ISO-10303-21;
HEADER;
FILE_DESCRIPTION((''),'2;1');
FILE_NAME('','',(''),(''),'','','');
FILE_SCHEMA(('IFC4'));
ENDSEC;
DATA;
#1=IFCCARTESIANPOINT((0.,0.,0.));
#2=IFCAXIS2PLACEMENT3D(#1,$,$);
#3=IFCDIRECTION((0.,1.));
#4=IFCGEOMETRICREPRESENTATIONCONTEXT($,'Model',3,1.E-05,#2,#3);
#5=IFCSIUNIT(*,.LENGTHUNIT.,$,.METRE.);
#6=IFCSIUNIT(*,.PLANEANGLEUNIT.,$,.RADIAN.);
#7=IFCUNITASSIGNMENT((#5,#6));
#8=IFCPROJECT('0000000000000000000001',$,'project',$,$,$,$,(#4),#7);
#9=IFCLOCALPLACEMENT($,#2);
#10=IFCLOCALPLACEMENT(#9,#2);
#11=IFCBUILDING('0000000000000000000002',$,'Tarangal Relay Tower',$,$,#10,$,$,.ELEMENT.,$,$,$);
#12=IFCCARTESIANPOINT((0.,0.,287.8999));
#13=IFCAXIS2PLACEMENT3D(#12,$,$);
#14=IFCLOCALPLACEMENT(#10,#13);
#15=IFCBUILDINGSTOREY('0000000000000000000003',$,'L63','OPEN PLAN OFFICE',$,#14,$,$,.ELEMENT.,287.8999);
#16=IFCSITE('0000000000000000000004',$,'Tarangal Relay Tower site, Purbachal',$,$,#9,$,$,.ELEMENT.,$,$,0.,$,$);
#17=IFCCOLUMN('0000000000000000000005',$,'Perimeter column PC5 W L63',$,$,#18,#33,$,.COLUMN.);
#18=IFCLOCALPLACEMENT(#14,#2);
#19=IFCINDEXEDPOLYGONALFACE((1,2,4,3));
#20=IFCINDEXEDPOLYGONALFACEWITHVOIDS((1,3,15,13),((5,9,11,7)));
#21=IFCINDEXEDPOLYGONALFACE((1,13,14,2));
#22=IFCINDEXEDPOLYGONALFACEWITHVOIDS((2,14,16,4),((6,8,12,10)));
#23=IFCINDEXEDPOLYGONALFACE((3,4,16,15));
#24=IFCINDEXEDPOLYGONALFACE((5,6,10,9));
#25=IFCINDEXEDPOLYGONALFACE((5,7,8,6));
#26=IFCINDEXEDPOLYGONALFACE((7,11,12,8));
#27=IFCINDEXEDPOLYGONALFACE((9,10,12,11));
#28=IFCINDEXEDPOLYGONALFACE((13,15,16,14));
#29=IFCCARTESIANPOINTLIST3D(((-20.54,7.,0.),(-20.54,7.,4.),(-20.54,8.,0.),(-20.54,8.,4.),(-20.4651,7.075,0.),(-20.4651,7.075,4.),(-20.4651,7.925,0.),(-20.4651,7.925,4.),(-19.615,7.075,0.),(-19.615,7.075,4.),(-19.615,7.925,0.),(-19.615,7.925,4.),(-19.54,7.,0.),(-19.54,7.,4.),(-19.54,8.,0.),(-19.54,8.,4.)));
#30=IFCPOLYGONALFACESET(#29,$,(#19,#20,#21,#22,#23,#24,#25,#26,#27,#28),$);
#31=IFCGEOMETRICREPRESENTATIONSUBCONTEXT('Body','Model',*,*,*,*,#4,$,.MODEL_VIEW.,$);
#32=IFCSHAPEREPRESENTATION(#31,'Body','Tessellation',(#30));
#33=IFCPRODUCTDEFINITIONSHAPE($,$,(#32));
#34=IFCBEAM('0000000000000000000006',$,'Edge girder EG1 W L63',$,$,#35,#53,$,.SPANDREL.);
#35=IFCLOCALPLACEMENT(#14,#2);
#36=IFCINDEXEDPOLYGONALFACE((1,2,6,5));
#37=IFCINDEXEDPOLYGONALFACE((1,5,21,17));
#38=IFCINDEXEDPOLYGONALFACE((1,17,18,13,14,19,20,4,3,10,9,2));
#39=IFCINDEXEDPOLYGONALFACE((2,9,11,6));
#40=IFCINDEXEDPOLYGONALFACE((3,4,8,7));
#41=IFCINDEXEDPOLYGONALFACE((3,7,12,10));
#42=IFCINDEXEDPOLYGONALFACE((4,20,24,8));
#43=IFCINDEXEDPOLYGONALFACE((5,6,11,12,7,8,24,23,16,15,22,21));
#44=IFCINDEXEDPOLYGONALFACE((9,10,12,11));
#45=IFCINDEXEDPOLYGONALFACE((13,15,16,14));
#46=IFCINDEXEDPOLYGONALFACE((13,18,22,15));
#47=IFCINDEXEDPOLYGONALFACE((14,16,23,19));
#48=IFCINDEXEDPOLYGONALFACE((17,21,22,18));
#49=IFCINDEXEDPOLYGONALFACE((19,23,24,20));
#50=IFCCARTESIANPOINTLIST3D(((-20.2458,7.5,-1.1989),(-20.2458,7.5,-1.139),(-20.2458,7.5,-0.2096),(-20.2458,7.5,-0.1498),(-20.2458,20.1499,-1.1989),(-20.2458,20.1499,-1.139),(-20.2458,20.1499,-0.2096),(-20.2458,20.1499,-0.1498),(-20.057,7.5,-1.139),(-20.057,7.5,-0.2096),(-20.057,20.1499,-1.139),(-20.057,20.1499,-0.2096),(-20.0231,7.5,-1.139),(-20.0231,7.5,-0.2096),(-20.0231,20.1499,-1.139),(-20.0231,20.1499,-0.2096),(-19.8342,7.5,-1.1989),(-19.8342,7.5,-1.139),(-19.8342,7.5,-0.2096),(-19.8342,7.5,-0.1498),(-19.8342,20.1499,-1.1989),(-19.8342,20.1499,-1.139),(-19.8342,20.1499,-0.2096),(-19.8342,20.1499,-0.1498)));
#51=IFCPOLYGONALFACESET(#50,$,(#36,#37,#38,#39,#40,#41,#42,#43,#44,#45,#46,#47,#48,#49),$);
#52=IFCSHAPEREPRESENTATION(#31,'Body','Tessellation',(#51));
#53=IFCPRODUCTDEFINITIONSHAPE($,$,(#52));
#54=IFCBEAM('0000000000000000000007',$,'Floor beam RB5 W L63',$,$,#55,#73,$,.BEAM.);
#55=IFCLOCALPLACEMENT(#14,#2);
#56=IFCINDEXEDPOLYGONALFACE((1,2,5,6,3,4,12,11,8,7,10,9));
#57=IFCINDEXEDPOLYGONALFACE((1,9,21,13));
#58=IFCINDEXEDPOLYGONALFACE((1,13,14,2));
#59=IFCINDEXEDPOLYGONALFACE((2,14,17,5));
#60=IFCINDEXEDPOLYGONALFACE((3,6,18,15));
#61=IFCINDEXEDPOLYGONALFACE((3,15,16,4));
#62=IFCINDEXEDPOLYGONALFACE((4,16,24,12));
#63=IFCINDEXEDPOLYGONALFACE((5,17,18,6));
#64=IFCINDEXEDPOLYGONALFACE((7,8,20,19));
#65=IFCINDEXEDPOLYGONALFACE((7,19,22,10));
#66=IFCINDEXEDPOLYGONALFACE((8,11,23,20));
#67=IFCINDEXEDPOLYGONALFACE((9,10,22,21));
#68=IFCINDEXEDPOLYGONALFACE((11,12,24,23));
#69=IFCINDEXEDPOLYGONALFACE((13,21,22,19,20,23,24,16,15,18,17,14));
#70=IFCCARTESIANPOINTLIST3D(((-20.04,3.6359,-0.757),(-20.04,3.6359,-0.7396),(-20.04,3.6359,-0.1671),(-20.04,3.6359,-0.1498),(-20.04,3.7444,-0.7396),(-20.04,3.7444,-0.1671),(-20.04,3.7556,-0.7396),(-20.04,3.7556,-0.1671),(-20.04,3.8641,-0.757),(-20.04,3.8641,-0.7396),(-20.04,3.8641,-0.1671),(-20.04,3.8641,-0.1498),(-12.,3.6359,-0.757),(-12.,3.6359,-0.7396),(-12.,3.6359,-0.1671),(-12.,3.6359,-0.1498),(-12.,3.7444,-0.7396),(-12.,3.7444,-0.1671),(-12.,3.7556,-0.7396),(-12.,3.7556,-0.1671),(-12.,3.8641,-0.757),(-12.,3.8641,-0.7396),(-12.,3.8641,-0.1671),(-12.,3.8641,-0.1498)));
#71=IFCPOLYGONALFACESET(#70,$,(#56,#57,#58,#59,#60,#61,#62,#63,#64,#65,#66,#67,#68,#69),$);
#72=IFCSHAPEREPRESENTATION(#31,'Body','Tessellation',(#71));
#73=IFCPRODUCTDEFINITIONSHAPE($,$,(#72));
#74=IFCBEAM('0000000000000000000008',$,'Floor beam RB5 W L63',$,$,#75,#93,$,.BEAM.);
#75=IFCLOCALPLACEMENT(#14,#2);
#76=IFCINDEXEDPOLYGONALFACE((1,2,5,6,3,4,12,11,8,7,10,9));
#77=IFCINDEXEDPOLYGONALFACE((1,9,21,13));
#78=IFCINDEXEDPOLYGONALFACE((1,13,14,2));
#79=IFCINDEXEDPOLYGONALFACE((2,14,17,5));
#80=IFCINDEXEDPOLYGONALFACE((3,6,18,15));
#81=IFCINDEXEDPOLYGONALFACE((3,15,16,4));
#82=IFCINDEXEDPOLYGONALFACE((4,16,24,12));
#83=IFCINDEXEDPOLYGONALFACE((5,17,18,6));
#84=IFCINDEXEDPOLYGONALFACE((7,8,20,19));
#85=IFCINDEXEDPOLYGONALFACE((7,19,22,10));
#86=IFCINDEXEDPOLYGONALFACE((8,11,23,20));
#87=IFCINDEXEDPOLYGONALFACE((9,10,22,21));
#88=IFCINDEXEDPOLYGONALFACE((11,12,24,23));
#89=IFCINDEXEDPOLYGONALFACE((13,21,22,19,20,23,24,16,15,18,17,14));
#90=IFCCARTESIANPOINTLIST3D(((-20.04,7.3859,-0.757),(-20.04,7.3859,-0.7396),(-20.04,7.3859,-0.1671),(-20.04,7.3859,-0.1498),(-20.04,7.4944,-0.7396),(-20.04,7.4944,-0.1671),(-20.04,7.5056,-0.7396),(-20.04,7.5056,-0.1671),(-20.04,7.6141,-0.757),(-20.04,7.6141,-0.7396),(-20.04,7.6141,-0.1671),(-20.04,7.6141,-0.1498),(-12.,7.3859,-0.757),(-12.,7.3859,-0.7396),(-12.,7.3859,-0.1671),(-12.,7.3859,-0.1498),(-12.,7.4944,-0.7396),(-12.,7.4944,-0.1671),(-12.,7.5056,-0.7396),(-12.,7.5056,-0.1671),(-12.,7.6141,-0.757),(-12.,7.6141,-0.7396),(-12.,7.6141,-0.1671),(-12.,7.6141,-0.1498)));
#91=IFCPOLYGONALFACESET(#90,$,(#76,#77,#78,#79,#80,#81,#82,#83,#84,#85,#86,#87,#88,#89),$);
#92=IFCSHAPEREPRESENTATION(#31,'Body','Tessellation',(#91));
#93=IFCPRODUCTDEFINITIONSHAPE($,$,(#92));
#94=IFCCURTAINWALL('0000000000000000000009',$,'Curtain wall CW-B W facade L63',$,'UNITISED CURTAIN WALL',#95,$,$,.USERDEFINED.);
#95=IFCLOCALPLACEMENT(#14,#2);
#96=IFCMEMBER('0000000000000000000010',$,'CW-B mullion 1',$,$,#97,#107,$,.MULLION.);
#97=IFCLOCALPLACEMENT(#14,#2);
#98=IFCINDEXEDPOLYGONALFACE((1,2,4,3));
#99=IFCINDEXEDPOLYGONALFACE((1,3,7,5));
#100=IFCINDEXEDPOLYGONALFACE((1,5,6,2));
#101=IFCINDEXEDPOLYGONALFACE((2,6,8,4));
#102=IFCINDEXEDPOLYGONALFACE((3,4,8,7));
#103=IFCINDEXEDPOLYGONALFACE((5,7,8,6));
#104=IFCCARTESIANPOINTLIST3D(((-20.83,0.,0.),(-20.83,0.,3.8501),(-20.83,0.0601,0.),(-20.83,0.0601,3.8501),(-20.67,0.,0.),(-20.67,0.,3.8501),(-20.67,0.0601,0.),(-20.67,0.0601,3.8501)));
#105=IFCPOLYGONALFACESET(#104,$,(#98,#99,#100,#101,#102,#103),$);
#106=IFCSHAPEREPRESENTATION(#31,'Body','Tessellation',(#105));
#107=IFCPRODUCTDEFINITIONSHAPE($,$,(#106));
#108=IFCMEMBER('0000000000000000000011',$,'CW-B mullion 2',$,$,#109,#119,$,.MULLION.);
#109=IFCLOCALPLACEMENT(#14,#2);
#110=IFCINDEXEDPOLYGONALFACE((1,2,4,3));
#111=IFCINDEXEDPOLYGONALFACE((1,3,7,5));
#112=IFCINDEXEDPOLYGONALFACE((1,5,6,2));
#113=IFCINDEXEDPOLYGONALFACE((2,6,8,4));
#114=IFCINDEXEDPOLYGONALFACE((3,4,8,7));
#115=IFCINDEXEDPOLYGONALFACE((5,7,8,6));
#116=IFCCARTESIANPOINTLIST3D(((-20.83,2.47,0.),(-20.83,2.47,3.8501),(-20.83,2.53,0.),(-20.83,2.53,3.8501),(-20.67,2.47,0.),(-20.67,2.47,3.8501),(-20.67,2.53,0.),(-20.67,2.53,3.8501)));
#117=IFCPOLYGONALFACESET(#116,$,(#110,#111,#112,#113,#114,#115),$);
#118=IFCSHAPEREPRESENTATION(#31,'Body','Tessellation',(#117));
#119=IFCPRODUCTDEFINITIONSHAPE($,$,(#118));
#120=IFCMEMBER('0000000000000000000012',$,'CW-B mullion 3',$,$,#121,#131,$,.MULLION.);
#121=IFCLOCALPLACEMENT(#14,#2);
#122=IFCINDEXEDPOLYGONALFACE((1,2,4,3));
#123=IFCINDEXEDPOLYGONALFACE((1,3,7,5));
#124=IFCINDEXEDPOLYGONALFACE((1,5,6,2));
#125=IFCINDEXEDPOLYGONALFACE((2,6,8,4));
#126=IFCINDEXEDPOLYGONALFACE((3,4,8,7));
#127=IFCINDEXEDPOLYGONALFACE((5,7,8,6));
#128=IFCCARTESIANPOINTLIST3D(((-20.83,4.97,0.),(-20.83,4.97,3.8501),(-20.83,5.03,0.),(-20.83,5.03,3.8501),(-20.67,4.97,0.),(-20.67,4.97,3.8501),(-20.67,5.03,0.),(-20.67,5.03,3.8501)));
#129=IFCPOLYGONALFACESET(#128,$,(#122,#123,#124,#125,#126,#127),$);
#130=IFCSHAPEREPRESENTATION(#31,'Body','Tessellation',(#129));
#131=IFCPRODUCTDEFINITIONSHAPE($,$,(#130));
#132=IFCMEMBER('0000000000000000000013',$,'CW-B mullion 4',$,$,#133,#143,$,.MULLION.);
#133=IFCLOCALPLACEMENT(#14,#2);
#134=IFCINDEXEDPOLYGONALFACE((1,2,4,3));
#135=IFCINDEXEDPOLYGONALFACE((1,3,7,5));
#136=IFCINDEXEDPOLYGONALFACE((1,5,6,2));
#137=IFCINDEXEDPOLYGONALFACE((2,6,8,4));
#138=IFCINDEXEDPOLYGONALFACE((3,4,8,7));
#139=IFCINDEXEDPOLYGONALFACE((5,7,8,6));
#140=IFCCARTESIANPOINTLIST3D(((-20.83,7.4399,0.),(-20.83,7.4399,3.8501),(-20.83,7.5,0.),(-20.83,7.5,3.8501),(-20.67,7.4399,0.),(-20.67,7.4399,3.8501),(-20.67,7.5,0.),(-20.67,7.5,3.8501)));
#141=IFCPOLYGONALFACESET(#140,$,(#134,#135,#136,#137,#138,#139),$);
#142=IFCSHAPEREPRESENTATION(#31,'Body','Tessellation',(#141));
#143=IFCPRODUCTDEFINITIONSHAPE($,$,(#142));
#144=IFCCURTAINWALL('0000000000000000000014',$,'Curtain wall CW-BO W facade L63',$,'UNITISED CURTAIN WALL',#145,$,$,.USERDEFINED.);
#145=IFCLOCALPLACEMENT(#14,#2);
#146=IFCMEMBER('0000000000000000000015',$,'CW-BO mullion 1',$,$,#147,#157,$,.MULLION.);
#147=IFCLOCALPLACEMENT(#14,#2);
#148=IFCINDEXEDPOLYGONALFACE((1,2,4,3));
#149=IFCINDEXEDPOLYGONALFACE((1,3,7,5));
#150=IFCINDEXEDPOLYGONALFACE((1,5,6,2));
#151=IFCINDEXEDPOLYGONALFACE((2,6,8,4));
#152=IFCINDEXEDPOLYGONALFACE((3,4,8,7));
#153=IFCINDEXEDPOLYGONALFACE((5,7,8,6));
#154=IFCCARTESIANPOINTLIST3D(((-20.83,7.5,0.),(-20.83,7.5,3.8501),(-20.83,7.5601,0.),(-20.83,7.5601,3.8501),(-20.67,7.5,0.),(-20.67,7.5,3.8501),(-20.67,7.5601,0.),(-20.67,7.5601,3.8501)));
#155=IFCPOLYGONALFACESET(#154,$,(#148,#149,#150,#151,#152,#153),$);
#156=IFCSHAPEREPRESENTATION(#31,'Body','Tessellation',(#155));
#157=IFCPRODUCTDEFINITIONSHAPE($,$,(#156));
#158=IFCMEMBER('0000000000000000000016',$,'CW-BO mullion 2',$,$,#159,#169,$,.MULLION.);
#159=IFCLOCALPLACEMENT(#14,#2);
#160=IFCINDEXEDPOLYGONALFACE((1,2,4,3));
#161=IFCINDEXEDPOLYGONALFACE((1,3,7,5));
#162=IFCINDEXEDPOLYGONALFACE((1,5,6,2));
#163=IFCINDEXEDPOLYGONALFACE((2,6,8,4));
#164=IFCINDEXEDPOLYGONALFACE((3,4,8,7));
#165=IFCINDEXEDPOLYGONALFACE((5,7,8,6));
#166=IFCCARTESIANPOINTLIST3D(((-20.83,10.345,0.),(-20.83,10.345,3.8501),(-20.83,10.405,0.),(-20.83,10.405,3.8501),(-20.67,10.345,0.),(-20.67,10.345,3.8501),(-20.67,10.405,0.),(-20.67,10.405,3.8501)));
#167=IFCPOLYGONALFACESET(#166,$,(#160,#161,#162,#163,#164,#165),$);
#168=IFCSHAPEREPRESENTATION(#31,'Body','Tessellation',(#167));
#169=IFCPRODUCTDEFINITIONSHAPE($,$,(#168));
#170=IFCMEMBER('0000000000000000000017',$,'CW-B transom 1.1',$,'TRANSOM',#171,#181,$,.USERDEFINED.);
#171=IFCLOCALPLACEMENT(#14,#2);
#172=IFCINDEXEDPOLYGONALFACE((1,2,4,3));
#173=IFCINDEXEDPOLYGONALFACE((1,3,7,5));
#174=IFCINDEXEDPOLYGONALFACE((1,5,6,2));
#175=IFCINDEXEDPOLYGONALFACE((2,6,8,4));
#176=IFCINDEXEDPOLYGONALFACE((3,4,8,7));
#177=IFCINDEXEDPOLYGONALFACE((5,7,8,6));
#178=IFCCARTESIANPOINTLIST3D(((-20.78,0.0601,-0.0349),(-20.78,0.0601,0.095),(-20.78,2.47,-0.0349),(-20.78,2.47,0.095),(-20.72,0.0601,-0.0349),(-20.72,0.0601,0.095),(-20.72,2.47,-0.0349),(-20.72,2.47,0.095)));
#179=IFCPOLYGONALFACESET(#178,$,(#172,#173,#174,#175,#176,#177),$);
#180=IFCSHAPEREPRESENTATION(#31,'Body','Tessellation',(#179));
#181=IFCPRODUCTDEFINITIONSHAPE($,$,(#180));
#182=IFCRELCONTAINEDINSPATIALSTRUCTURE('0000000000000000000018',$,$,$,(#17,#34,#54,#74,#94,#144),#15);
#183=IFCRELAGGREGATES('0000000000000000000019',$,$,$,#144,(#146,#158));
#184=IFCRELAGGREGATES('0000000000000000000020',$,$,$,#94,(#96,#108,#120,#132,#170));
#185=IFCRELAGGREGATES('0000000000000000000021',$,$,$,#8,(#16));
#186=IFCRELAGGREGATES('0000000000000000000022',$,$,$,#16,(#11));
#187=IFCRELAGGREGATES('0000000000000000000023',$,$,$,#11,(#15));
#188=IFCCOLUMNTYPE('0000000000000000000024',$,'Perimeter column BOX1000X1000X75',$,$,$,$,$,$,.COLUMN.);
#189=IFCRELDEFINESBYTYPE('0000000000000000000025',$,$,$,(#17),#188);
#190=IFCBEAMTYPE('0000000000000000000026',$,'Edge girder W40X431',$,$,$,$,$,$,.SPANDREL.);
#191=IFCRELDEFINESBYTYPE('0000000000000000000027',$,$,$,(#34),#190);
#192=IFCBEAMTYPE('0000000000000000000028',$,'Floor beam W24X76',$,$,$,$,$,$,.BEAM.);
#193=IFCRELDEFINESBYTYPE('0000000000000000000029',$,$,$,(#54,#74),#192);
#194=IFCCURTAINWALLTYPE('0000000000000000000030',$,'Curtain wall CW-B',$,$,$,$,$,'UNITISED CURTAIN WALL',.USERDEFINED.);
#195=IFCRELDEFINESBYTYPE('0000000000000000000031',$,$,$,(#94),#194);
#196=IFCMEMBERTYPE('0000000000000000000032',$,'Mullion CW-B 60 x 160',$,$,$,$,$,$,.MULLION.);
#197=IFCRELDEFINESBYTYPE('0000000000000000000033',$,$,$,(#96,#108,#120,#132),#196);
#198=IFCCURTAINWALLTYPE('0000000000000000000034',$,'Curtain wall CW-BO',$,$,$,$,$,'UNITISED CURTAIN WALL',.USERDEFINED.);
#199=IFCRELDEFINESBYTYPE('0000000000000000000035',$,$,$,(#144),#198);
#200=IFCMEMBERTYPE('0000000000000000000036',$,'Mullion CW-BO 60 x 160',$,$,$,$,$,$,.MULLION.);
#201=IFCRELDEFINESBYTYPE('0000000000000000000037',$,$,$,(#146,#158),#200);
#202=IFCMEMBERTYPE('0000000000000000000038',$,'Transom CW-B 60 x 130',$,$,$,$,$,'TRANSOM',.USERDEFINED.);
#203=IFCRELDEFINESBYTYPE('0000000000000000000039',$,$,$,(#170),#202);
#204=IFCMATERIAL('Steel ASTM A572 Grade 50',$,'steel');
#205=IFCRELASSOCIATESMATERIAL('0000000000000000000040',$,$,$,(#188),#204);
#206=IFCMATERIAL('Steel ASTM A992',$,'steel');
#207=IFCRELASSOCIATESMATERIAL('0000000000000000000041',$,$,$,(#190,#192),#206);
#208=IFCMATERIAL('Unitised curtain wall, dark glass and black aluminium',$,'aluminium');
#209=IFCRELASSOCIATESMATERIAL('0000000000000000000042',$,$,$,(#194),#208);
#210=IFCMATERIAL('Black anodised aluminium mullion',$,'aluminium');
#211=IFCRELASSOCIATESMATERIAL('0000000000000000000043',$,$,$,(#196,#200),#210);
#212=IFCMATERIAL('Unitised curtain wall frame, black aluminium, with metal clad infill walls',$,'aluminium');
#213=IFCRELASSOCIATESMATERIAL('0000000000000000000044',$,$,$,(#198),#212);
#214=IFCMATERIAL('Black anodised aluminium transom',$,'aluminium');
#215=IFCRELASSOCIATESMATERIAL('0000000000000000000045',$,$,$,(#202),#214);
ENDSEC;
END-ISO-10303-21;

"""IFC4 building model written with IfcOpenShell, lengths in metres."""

from ifc_helpers import new_model, si_unit, direction, frame, origin, origin_2d, place, context, subcontext, project, spatial, rectangle, hollow_rectangle, i_section, extrude, material, material_profile, profile_set, type_object, element, aggregate, save


model = new_model("IFC4")

# Units and contexts
model_context = context("Model", 3, precision=1e-05, world=origin(), true_north=direction((0.0, 1.0)))
body_context = subcontext(model_context, "Body", "Model", "MODEL_VIEW")
ifc_project = project(units=[si_unit("LENGTHUNIT", "METRE"), si_unit("PLANEANGLEUNIT", "RADIAN")], contexts=[model_context])

# Site, building, storey
site_placement = place(None, origin())
site = spatial("IfcSite", under=ifc_project, at=site_placement, Name="Tarangal Relay Tower site, Purbachal", CompositionType="ELEMENT", RefElevation=0.0)
building_placement = place(site_placement, origin())
building = spatial("IfcBuilding", under=site, at=building_placement, Name="Tarangal Relay Tower", CompositionType="ELEMENT")
storey_placement = place(building_placement, frame((0.0, 0.0, 287.8999)))
storey = spatial("IfcBuildingStorey", under=building, at=storey_placement, Name="L63", Description="OPEN PLAN OFFICE", CompositionType="ELEMENT", Elevation=287.8999)

# Column
ifc_material_1 = material(Name="Steel ASTM A572 Grade 50", Category="steel")
ifc_material_profile_1 = material_profile(ifc_material_1, hollow_rectangle(XDim=1.0, YDim=1.0, WallThickness=0.075, at=origin_2d()), Name="BOX1000X1000X75")
ifc_profile_set_1 = profile_set([ifc_material_profile_1], Name="Steel ASTM A572 Grade 50")
column_type = type_object("IfcColumnType", Name="Perimeter column BOX1000X1000X75", PredefinedType="COLUMN", material=ifc_profile_set_1)
column_placement = place(storey_placement, frame((-20.04, 7.5, 0.0), z_axis=(0.0, 0.0, 1.0), x_axis=(1.0, 0.0, 0.0)))
element("IfcColumn", 1, at=column_placement, inside=storey, type_object=column_type, Name="Perimeter column PC5 W L63", PredefinedType="COLUMN", context=body_context, shape_type="SweptSolid", body=[
    extrude(hollow_rectangle(XDim=1.0, YDim=1.0, WallThickness=0.075, at=origin_2d()), origin(), (0.0, 0.0, 1.0), 4.0),
])

# Beams
ifc_material_2 = material(Name="Steel ASTM A992", Category="steel")
ifc_material_profile_2 = material_profile(ifc_material_2, i_section(OverallWidth=0.4116, OverallDepth=1.0491, WebThickness=0.0339, FlangeThickness=0.0598, at=origin_2d()), Name="W40X431")
ifc_profile_set_2 = profile_set([ifc_material_profile_2], Name="Steel ASTM A992")
beam_type_1 = type_object("IfcBeamType", Name="Edge girder W40X431", PredefinedType="SPANDREL", material=ifc_profile_set_2)
beam_placement = place(storey_placement, frame((-20.04, 7.5, -0.6743), z_axis=(0.0, 1.0, 0.0), x_axis=(-1.0, 0.0, 0.0)))
element("IfcBeam", 2, at=beam_placement, inside=storey, type_object=beam_type_1, Name="Edge girder EG1 W L63", PredefinedType="SPANDREL", context=body_context, shape_type="SweptSolid", body=[
    extrude(i_section(OverallWidth=0.4116, OverallDepth=1.0491, WebThickness=0.0339, FlangeThickness=0.0598, at=origin_2d()), origin(), (0.0, 0.0, 1.0), 12.6499),
])
ifc_material_profile_3 = material_profile(ifc_material_2, i_section(OverallWidth=0.2283, OverallDepth=0.6072, WebThickness=0.0112, FlangeThickness=0.0173, at=origin_2d()), Name="W24X76")
ifc_profile_set_3 = profile_set([ifc_material_profile_3], Name="Steel ASTM A992")
beam_type_2 = type_object("IfcBeamType", Name="Floor beam W24X76", PredefinedType="BEAM", material=ifc_profile_set_3)
for number, where, z_axis, x_axis, name in (
    (3, (-12.0, 3.75, -0.4534), (-1.0, 0.0, 0.0), (0.0, -1.0, 0.0), "Floor beam RB5 W L63"),
    (4, (-12.0, 7.5, -0.4534), (-1.0, 0.0, 0.0), (0.0, -1.0, 0.0), "Floor beam RB5 W L63"),
):
    element("IfcBeam", number, at=place(storey_placement, frame(where, z_axis=z_axis, x_axis=x_axis)), inside=storey, type_object=beam_type_2, Name=name, PredefinedType="BEAM", context=body_context, shape_type="SweptSolid", body=[
        extrude(i_section(OverallWidth=0.2283, OverallDepth=0.6072, WebThickness=0.0112, FlangeThickness=0.0173, at=origin_2d()), origin(), (0.0, 0.0, 1.0), 8.04),
    ])

# Curtain walls, members
ifc_material_3 = material(Name="Unitised curtain wall, dark glass and black aluminium", Category="aluminium")
curtain_wall_type_1 = type_object("IfcCurtainWallType", Name="Curtain wall CW-B", ElementType="UNITISED CURTAIN WALL", PredefinedType="USERDEFINED", material=ifc_material_3)
curtain_wall_1_placement = place(storey_placement, origin())
curtain_wall_1 = element("IfcCurtainWall", 5, at=curtain_wall_1_placement, inside=storey, type_object=curtain_wall_type_1, Name="Curtain wall CW-B W facade L63", ObjectType="UNITISED CURTAIN WALL", PredefinedType="USERDEFINED")
ifc_material_4 = material(Name="Black anodised aluminium mullion", Category="aluminium")
ifc_material_profile_4 = material_profile(ifc_material_4, rectangle(XDim=0.1599, YDim=0.0601, at=origin_2d()), Name="CW-BM 60X160")
ifc_profile_set_4 = profile_set([ifc_material_profile_4], Name="Black anodised aluminium mullion")
member_type_1 = type_object("IfcMemberType", Name="Mullion CW-B 60 x 160", PredefinedType="MULLION", material=ifc_profile_set_4)
member_1_placement = place(storey_placement, frame((-20.75, 0.03, 0.0), z_axis=(0.0, 0.0, 1.0), x_axis=(-1.0, 0.0, 0.0)))
member_1 = element("IfcMember", 6, at=member_1_placement, type_object=member_type_1, Name="CW-B mullion 1", PredefinedType="MULLION", context=body_context, shape_type="SweptSolid", body=[
    extrude(rectangle(XDim=0.1599, YDim=0.0601, at=origin_2d()), origin(), (0.0, 0.0, 1.0), 3.8501),
])
member_2_placement = place(storey_placement, frame((-20.75, 2.5, 0.0), z_axis=(0.0, 0.0, 1.0), x_axis=(-1.0, 0.0, 0.0)))
member_2 = element("IfcMember", 7, at=member_2_placement, type_object=member_type_1, Name="CW-B mullion 2", PredefinedType="MULLION", context=body_context, shape_type="SweptSolid", body=[
    extrude(rectangle(XDim=0.1599, YDim=0.0601, at=origin_2d()), origin(), (0.0, 0.0, 1.0), 3.8501),
])
member_3_placement = place(storey_placement, frame((-20.75, 5.0, 0.0), z_axis=(0.0, 0.0, 1.0), x_axis=(-1.0, 0.0, 0.0)))
member_3 = element("IfcMember", 8, at=member_3_placement, type_object=member_type_1, Name="CW-B mullion 3", PredefinedType="MULLION", context=body_context, shape_type="SweptSolid", body=[
    extrude(rectangle(XDim=0.1599, YDim=0.0601, at=origin_2d()), origin(), (0.0, 0.0, 1.0), 3.8501),
])
member_4_placement = place(storey_placement, frame((-20.75, 7.47, 0.0), z_axis=(0.0, 0.0, 1.0), x_axis=(-1.0, 0.0, 0.0)))
member_4 = element("IfcMember", 9, at=member_4_placement, type_object=member_type_1, Name="CW-B mullion 4", PredefinedType="MULLION", context=body_context, shape_type="SweptSolid", body=[
    extrude(rectangle(XDim=0.1599, YDim=0.0601, at=origin_2d()), origin(), (0.0, 0.0, 1.0), 3.8501),
])
ifc_material_5 = material(Name="Unitised curtain wall frame, black aluminium, with metal clad infill walls", Category="aluminium")
curtain_wall_type_2 = type_object("IfcCurtainWallType", Name="Curtain wall CW-BO", ElementType="UNITISED CURTAIN WALL", PredefinedType="USERDEFINED", material=ifc_material_5)
curtain_wall_2_placement = place(storey_placement, origin())
curtain_wall_2 = element("IfcCurtainWall", 10, at=curtain_wall_2_placement, inside=storey, type_object=curtain_wall_type_2, Name="Curtain wall CW-BO W facade L63", ObjectType="UNITISED CURTAIN WALL", PredefinedType="USERDEFINED")
ifc_material_profile_5 = material_profile(ifc_material_4, rectangle(XDim=0.1599, YDim=0.0601, at=origin_2d()), Name="CW-BOM 60X160")
ifc_profile_set_5 = profile_set([ifc_material_profile_5], Name="Black anodised aluminium mullion")
member_type_2 = type_object("IfcMemberType", Name="Mullion CW-BO 60 x 160", PredefinedType="MULLION", material=ifc_profile_set_5)
member_5_placement = place(storey_placement, frame((-20.75, 7.53, 0.0), z_axis=(0.0, 0.0, 1.0), x_axis=(-1.0, 0.0, 0.0)))
member_5 = element("IfcMember", 11, at=member_5_placement, type_object=member_type_2, Name="CW-BO mullion 1", PredefinedType="MULLION", context=body_context, shape_type="SweptSolid", body=[
    extrude(rectangle(XDim=0.1599, YDim=0.0601, at=origin_2d()), origin(), (0.0, 0.0, 1.0), 3.8501),
])
member_6_placement = place(storey_placement, frame((-20.75, 10.375, 0.0), z_axis=(0.0, 0.0, 1.0), x_axis=(-1.0, 0.0, 0.0)))
member_6 = element("IfcMember", 12, at=member_6_placement, type_object=member_type_2, Name="CW-BO mullion 2", PredefinedType="MULLION", context=body_context, shape_type="SweptSolid", body=[
    extrude(rectangle(XDim=0.1599, YDim=0.0601, at=origin_2d()), origin(), (0.0, 0.0, 1.0), 3.8501),
])

# Member
ifc_material_6 = material(Name="Black anodised aluminium transom", Category="aluminium")
ifc_material_profile_6 = material_profile(ifc_material_6, rectangle(XDim=0.0601, YDim=0.1299, at=origin_2d()), Name="CW-BT 60X130")
ifc_profile_set_6 = profile_set([ifc_material_profile_6], Name="Black anodised aluminium transom")
member_type_3 = type_object("IfcMemberType", Name="Transom CW-B 60 x 130", ElementType="TRANSOM", PredefinedType="USERDEFINED", material=ifc_profile_set_6)
member_7_placement = place(storey_placement, frame((-20.75, 0.0601, 0.03), z_axis=(0.0, 1.0, 0.0), x_axis=(-1.0, 0.0, 0.0)))
member_7 = element("IfcMember", 13, at=member_7_placement, type_object=member_type_3, Name="CW-B transom 1.1", ObjectType="TRANSOM", PredefinedType="USERDEFINED", context=body_context, shape_type="SweptSolid", body=[
    extrude(rectangle(XDim=0.0601, YDim=0.1299, at=origin_2d()), origin(), (0.0, 0.0, 1.0), 2.4099),
])
aggregate(curtain_wall_2, [member_5, member_6])

aggregate(curtain_wall_1, [member_1, member_2, member_3, member_4, member_7])

save(model, "model.ifc")
